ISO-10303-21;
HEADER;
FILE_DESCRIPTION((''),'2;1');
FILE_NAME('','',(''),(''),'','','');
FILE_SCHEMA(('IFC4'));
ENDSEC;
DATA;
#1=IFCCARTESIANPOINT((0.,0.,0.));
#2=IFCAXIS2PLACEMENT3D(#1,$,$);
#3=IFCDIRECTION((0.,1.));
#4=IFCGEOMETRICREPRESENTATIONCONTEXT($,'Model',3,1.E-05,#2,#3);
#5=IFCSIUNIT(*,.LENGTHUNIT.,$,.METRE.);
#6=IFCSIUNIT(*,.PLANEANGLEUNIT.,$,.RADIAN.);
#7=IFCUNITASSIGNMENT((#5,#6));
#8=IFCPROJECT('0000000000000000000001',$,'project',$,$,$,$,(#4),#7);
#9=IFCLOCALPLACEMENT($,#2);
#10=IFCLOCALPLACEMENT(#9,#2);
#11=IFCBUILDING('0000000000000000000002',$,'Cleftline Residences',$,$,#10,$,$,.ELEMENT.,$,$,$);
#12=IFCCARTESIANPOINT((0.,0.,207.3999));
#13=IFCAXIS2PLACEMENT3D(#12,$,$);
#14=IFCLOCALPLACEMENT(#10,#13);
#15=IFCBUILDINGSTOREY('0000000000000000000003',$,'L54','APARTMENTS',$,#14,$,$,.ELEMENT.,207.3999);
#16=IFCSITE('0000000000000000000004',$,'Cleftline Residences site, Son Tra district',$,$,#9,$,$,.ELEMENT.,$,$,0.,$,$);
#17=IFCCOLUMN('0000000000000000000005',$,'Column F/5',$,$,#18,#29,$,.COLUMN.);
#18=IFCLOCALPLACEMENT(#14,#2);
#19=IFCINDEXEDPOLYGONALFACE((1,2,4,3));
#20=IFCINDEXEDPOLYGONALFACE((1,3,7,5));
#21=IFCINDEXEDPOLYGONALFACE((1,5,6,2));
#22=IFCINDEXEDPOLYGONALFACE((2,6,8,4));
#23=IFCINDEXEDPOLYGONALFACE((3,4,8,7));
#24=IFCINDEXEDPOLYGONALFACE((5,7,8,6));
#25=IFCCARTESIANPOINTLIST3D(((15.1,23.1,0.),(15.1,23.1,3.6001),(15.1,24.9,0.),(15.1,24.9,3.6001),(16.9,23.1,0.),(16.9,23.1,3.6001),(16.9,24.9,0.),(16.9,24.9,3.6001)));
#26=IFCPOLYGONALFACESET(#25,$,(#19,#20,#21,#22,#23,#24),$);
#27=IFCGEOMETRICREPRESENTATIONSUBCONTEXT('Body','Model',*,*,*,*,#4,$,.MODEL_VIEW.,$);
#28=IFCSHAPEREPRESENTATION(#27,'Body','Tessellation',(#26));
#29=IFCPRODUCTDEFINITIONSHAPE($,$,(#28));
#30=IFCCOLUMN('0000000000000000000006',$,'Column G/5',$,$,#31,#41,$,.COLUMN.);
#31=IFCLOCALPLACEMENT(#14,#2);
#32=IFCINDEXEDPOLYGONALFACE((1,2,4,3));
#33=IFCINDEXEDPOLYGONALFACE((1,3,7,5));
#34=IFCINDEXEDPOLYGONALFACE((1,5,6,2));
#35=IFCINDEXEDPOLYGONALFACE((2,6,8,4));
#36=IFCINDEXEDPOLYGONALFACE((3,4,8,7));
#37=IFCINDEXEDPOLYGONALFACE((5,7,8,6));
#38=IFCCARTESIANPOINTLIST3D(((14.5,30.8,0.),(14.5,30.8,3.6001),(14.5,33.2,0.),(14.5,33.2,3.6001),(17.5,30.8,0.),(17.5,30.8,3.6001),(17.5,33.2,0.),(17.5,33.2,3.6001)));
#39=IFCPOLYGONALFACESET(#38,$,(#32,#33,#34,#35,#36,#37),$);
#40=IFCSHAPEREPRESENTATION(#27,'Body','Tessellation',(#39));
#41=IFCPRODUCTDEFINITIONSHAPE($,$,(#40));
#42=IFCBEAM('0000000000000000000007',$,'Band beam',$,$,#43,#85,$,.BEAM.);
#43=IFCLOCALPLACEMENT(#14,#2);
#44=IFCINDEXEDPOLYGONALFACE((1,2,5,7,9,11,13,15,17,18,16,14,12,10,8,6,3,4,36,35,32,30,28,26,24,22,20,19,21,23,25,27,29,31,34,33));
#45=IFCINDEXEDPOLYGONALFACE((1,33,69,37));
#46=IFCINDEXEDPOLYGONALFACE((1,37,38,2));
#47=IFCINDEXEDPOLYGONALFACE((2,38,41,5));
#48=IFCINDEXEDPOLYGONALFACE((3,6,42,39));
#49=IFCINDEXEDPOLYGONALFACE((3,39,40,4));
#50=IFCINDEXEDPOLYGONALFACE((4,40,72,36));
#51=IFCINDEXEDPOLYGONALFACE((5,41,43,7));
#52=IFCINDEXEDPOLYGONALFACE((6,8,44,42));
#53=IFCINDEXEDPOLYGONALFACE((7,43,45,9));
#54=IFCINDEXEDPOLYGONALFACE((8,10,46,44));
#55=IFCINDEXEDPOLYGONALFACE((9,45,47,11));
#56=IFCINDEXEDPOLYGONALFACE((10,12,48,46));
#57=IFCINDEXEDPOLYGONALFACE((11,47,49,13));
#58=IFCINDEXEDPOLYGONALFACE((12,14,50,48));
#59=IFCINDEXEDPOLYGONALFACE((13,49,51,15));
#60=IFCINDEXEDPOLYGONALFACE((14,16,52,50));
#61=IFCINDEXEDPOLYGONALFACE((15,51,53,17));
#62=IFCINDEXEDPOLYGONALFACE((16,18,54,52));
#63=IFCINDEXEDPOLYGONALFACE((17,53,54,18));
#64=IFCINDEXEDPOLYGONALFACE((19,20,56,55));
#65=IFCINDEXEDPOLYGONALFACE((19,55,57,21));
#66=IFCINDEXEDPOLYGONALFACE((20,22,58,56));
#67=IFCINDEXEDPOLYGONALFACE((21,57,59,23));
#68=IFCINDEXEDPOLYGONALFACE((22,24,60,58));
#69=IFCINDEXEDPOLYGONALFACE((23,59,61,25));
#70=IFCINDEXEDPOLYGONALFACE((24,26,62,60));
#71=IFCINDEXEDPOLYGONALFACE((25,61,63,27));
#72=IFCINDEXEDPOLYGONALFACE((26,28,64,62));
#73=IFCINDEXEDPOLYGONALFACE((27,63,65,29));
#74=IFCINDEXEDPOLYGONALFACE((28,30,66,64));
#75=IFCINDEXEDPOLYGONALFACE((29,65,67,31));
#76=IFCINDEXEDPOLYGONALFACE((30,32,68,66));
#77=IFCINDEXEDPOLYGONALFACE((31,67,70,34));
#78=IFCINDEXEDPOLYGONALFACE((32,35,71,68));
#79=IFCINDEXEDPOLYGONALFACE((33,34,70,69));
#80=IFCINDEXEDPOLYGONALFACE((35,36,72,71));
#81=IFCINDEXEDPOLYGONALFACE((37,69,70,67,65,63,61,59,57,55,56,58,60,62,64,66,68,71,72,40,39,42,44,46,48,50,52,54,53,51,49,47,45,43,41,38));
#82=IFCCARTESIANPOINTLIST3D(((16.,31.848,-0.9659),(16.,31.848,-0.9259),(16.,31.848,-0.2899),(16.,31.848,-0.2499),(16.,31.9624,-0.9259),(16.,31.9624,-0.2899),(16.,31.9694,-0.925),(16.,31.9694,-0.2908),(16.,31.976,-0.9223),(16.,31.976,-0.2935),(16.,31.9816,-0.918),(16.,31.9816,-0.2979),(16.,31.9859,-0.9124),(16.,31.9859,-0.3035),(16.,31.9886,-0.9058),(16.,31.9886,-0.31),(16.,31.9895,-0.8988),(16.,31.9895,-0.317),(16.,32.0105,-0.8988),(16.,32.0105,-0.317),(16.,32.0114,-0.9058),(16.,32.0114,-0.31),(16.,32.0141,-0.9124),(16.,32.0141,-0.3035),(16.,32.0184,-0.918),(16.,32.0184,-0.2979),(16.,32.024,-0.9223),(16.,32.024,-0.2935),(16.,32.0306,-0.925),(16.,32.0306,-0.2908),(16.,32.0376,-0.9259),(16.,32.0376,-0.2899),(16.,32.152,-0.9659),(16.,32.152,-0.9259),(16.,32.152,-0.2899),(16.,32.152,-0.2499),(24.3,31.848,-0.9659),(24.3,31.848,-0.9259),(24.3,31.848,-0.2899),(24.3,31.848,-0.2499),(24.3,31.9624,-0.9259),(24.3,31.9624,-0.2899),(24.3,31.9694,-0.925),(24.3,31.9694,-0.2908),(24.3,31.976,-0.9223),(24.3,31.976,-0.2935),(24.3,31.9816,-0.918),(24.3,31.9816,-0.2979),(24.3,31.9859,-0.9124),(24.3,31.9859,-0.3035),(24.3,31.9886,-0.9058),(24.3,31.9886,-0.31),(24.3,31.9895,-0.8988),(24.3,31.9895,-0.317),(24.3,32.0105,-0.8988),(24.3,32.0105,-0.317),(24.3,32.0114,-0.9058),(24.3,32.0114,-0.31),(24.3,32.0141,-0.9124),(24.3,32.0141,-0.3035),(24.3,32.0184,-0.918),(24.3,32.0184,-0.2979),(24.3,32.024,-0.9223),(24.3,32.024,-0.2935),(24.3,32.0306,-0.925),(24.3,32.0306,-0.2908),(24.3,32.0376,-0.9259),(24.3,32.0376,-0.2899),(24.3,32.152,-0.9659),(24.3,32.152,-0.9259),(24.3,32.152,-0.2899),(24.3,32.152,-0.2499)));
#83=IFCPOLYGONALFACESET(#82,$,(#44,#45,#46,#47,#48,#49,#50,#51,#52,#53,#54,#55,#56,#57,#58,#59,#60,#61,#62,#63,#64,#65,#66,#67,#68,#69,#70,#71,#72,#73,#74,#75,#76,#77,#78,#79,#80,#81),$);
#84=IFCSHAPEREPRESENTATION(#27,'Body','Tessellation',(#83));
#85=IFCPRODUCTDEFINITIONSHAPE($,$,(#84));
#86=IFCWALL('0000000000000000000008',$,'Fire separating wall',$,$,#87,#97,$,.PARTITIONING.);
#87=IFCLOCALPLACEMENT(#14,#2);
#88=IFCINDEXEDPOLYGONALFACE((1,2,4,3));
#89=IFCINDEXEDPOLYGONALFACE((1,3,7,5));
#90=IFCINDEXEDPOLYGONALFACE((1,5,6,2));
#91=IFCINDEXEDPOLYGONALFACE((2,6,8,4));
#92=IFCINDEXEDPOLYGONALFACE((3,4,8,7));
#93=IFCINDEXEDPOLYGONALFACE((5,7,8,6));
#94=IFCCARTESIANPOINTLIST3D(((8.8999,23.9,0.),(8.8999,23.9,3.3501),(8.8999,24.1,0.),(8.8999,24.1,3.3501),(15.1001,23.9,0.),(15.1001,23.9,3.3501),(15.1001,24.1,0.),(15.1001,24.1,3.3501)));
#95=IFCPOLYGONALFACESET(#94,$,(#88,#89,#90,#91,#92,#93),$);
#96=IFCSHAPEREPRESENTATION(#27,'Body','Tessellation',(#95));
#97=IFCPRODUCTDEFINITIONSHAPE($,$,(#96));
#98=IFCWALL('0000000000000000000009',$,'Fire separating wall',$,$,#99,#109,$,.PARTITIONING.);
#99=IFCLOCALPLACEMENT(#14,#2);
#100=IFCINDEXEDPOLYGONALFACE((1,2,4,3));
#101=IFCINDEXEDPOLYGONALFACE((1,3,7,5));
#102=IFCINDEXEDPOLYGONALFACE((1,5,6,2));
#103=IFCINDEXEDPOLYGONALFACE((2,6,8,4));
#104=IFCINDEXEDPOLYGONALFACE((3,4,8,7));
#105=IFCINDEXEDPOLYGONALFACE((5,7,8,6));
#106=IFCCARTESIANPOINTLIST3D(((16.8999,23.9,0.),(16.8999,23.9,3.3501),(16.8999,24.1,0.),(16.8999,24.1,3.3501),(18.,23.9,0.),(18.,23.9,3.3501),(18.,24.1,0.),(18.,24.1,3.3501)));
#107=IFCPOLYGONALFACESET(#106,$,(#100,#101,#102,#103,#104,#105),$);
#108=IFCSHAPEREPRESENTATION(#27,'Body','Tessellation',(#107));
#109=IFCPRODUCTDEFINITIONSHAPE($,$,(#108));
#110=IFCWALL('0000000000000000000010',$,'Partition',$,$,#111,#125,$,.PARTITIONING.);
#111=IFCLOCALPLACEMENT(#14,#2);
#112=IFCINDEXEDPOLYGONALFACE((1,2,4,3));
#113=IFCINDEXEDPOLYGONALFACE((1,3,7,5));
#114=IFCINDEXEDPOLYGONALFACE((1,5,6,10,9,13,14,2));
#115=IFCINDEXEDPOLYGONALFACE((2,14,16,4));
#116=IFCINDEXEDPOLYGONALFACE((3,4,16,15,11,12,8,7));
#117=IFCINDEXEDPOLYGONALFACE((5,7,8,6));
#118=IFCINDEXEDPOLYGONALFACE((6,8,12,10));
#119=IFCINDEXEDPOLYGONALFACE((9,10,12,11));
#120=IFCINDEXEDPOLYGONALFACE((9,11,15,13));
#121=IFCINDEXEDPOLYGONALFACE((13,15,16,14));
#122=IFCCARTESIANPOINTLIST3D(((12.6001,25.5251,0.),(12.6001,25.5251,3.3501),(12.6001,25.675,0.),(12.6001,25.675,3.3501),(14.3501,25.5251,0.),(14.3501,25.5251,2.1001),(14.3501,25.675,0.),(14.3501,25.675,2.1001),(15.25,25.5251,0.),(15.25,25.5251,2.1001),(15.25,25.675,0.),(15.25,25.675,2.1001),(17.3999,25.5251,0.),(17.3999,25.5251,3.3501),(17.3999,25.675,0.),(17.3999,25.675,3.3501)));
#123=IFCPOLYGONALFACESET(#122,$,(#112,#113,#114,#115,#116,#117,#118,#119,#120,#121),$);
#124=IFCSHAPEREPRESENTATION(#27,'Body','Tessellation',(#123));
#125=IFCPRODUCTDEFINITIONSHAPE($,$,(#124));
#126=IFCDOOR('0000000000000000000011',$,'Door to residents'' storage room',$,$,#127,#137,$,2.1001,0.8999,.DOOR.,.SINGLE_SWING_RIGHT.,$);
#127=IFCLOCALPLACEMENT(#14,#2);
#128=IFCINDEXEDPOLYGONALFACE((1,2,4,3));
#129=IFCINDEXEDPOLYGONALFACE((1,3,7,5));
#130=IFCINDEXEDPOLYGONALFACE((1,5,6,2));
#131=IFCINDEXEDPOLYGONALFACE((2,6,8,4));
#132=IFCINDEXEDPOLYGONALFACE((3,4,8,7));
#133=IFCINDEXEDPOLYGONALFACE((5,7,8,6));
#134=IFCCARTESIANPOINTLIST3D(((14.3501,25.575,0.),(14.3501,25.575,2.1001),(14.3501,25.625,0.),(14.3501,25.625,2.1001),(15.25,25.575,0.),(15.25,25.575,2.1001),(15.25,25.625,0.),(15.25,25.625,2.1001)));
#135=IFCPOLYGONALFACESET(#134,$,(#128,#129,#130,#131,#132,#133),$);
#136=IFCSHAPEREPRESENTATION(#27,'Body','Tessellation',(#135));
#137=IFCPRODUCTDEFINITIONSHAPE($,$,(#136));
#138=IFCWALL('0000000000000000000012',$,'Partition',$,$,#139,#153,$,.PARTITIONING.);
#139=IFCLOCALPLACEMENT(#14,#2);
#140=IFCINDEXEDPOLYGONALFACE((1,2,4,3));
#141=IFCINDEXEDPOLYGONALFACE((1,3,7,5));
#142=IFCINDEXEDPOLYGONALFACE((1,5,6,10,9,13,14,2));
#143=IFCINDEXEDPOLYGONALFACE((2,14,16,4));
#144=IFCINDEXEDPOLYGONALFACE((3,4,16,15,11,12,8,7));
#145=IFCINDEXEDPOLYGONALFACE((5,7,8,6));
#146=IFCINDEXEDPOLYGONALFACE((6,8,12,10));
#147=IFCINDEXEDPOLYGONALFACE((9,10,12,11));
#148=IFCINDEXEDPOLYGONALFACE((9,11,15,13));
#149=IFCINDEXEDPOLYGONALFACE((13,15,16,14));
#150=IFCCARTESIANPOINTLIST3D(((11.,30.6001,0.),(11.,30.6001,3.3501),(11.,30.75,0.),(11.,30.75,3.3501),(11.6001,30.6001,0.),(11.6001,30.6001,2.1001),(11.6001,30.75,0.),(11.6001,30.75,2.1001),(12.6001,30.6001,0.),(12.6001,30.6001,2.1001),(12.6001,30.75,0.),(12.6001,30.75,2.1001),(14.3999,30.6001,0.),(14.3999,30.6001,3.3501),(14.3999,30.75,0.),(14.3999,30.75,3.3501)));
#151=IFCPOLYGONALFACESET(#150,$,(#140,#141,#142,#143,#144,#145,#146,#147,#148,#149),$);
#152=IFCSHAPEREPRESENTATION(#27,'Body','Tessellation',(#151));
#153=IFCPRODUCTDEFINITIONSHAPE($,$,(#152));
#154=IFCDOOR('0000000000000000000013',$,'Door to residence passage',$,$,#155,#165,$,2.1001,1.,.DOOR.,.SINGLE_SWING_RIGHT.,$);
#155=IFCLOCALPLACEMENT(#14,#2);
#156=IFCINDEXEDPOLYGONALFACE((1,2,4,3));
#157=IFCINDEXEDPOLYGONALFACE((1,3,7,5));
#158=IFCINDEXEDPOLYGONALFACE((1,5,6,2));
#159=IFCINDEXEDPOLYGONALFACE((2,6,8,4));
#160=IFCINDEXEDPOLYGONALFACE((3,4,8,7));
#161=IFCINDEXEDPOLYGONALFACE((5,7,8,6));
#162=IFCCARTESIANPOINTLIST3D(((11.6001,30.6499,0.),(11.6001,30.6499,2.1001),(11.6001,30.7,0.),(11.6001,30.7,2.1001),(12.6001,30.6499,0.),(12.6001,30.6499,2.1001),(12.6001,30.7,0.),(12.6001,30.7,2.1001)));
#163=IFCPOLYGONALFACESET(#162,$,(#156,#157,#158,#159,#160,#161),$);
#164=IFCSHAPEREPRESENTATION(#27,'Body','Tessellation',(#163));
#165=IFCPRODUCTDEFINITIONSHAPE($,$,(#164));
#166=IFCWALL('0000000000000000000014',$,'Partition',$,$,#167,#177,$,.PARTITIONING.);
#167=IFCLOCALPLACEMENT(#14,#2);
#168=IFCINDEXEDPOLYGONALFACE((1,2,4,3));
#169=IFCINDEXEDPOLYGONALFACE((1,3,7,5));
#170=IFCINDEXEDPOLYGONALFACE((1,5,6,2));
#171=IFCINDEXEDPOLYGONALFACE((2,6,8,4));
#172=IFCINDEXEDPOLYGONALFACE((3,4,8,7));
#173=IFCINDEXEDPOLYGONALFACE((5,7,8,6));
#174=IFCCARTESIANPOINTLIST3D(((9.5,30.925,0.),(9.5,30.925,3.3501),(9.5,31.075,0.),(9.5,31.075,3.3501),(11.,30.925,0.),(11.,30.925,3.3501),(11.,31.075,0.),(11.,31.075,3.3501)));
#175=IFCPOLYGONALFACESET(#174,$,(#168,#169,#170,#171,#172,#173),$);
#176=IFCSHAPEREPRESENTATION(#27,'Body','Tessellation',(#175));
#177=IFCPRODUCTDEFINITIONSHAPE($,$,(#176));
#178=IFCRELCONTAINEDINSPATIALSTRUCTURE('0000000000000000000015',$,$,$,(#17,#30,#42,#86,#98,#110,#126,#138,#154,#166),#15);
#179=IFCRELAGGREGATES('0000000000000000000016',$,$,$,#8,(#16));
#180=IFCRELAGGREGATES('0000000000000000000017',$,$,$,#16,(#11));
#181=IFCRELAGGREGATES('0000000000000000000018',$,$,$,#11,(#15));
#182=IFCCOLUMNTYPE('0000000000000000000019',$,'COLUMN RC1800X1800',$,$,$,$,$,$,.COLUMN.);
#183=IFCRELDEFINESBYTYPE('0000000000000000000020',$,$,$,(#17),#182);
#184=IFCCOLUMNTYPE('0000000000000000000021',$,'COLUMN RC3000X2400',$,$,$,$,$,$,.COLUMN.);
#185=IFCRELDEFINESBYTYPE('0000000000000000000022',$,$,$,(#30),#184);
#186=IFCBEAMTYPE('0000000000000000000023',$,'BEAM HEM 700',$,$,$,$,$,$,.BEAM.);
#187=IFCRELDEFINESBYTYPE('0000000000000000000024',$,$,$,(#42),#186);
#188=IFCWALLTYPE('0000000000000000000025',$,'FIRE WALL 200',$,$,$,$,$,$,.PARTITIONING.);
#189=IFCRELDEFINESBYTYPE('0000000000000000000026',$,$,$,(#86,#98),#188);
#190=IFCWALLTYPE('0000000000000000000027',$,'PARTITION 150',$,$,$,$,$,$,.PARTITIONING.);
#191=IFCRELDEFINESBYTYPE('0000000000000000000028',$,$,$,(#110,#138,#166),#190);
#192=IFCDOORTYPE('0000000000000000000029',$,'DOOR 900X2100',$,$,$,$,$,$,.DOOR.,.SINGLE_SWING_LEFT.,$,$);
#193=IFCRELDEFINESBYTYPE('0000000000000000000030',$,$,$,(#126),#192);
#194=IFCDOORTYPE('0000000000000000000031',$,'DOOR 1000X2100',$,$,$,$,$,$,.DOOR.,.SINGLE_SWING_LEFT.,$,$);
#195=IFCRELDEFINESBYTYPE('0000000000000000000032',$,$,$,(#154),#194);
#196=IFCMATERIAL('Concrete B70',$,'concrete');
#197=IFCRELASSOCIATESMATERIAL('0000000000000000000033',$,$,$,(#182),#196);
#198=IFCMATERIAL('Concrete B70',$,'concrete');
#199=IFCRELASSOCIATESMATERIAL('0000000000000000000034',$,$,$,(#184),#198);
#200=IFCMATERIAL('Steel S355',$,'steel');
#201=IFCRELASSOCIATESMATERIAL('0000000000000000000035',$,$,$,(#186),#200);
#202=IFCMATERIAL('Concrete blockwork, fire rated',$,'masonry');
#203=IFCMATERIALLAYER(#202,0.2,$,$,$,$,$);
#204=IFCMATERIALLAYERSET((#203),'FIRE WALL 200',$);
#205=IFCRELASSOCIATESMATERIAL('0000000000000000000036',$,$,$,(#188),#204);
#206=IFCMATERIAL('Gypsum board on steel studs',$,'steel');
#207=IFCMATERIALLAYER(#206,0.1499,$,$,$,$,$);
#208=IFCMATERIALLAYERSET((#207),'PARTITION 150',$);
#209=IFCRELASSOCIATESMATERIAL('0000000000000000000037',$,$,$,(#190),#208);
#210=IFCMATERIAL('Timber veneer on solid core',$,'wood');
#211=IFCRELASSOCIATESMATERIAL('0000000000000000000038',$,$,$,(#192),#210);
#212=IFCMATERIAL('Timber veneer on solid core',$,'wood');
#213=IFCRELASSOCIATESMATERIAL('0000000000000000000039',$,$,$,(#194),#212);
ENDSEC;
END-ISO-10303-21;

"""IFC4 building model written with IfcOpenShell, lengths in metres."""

from ifc_helpers import new_model, si_unit, direction, frame, frame_2d, origin, origin_2d, place, context, subcontext, project, spatial, rectangle, i_section, extrude, material, layer, layer_set, material_profile, profile_set, type_object, element, fill, save


model = new_model("IFC4")

# Units and contexts
model_context = context("Model", 3, precision=1e-05, world=origin(), true_north=direction((0.0, 1.0)))
body_context = subcontext(model_context, "Body", "Model", "MODEL_VIEW")
ifc_project = project(units=[si_unit("LENGTHUNIT", "METRE"), si_unit("PLANEANGLEUNIT", "RADIAN")], contexts=[model_context])

# Site, building, storey
site_placement = place(None, origin())
site = spatial("IfcSite", under=ifc_project, at=site_placement, Name="Cleftline Residences site, Son Tra district", CompositionType="ELEMENT", RefElevation=0.0)
building_placement = place(site_placement, origin())
building = spatial("IfcBuilding", under=site, at=building_placement, Name="Cleftline Residences", CompositionType="ELEMENT")
storey_placement = place(building_placement, frame((0.0, 0.0, 207.3999)))
storey = spatial("IfcBuildingStorey", under=building, at=storey_placement, Name="L54", Description="APARTMENTS", CompositionType="ELEMENT", Elevation=207.3999)

# Columns
ifc_material_1 = material(Name="Concrete B70", Category="concrete")
ifc_material_profile_1 = material_profile(ifc_material_1, rectangle(XDim=1.8, YDim=1.8, at=origin_2d()))
ifc_profile_set_1 = profile_set([ifc_material_profile_1], Name="Concrete B70")
column_type_1 = type_object("IfcColumnType", Name="COLUMN RC1800X1800", PredefinedType="COLUMN", material=ifc_profile_set_1)
column_1_placement = place(storey_placement, frame((16.0, 24.0, 0.0), z_axis=(0.0, 0.0, 1.0), x_axis=(1.0, 0.0, 0.0)))
element("IfcColumn", 1, at=column_1_placement, inside=storey, type_object=column_type_1, Name="Column F/5", PredefinedType="COLUMN", context=body_context, shape_type="SweptSolid", body=[
    extrude(rectangle(XDim=1.8, YDim=1.8, at=origin_2d()), origin(), (0.0, 0.0, 1.0), 3.6001),
])
ifc_material_2 = material(Name="Concrete B70", Category="concrete")
ifc_material_profile_2 = material_profile(ifc_material_2, rectangle(XDim=3.0, YDim=2.3999, at=origin_2d()))
ifc_profile_set_2 = profile_set([ifc_material_profile_2], Name="Concrete B70")
column_type_2 = type_object("IfcColumnType", Name="COLUMN RC3000X2400", PredefinedType="COLUMN", material=ifc_profile_set_2)
column_2_placement = place(storey_placement, frame((16.0, 32.0, 0.0), z_axis=(0.0, 0.0, 1.0), x_axis=(1.0, 0.0, 0.0)))
element("IfcColumn", 2, at=column_2_placement, inside=storey, type_object=column_type_2, Name="Column G/5", PredefinedType="COLUMN", context=body_context, shape_type="SweptSolid", body=[
    extrude(rectangle(XDim=3.0, YDim=2.3999, at=origin_2d()), origin(), (0.0, 0.0, 1.0), 3.6001),
])

# Beam
ifc_material_3 = material(Name="Steel S355", Category="steel")
ifc_material_profile_3 = material_profile(ifc_material_3, i_section(OverallWidth=0.304, OverallDepth=0.7161, WebThickness=0.021, FlangeThickness=0.04, FilletRadius=0.0271, at=origin_2d()))
ifc_profile_set_3 = profile_set([ifc_material_profile_3], Name="Steel S355")
beam_type = type_object("IfcBeamType", Name="BEAM HEM 700", PredefinedType="BEAM", material=ifc_profile_set_3)
beam_placement = place(storey_placement, frame((16.0, 32.0, -0.6079), z_axis=(1.0, 0.0, 0.0), x_axis=(0.0, 1.0, 0.0)))
element("IfcBeam", 3, at=beam_placement, inside=storey, type_object=beam_type, Name="Band beam", PredefinedType="BEAM", context=body_context, shape_type="SweptSolid", body=[
    extrude(i_section(OverallWidth=0.304, OverallDepth=0.7161, WebThickness=0.021, FlangeThickness=0.04, FilletRadius=0.0271, at=origin_2d()), origin(), (0.0, 0.0, 1.0), 8.3),
])

# Walls
ifc_material_4 = material(Name="Concrete blockwork, fire rated", Category="masonry")
ifc_layer_1 = layer(ifc_material_4, 0.2)
ifc_layer_set_1 = layer_set([ifc_layer_1], Name="FIRE WALL 200")
wall_type_1 = type_object("IfcWallType", Name="FIRE WALL 200", PredefinedType="PARTITIONING", material=ifc_layer_set_1)
wall_1_placement = place(storey_placement, frame((8.8999, 24.0, 0.0), z_axis=(0.0, 0.0, 1.0), x_axis=(1.0, 0.0, 0.0)))
element("IfcWall", 4, at=wall_1_placement, inside=storey, type_object=wall_type_1, Name="Fire separating wall", PredefinedType="PARTITIONING", context=body_context, shape_type="SweptSolid", body=[
    extrude(rectangle(XDim=6.2002, YDim=0.2, at=frame_2d((3.1001, 0.0))), origin(), (0.0, 0.0, 1.0), 3.3501),
])
wall_2_placement = place(storey_placement, frame((16.8999, 24.0, 0.0), z_axis=(0.0, 0.0, 1.0), x_axis=(1.0, 0.0, 0.0)))
element("IfcWall", 5, at=wall_2_placement, inside=storey, type_object=wall_type_1, Name="Fire separating wall", PredefinedType="PARTITIONING", context=body_context, shape_type="SweptSolid", body=[
    extrude(rectangle(XDim=1.1001, YDim=0.2, at=frame_2d((0.55, 0.0))), origin(), (0.0, 0.0, 1.0), 3.3501),
])

# Walls, openings, doors
ifc_material_5 = material(Name="Gypsum board on steel studs", Category="steel")
ifc_layer_2 = layer(ifc_material_5, 0.1499)
ifc_layer_set_2 = layer_set([ifc_layer_2], Name="PARTITION 150")
wall_type_2 = type_object("IfcWallType", Name="PARTITION 150", PredefinedType="PARTITIONING", material=ifc_layer_set_2)
wall_3_placement = place(storey_placement, frame((12.6001, 25.6001, 0.0), z_axis=(0.0, 0.0, 1.0), x_axis=(1.0, 0.0, 0.0)))
wall_3 = element("IfcWall", 6, at=wall_3_placement, inside=storey, type_object=wall_type_2, Name="Partition", PredefinedType="PARTITIONING", context=body_context, shape_type="SweptSolid", body=[
    extrude(rectangle(XDim=4.7998, YDim=0.1499, at=frame_2d((2.3999, 0.0))), origin(), (0.0, 0.0, 1.0), 3.3501),
])
opening_1_placement = place(wall_3_placement, frame((1.75, 0.0, 0.0)))
opening_1 = element("IfcOpeningElement", 7, at=opening_1_placement, cuts=wall_3, PredefinedType="OPENING", context=body_context, shape_type="SweptSolid", body=[
    extrude(rectangle(XDim=0.8999, YDim=2.1001, at=frame_2d((0.45, 1.05))), frame((0.0, 0.085, 0.0), z_axis=(0.0, -1.0, 0.0), x_axis=(1.0, 0.0, 0.0)), (0.0, 0.0, 1.0), 0.1699),
])
ifc_material_6 = material(Name="Timber veneer on solid core", Category="wood")
door_type_1 = type_object("IfcDoorType", Name="DOOR 900X2100", OperationType="SINGLE_SWING_LEFT", PredefinedType="DOOR", material=ifc_material_6)
door_1_placement = place(opening_1_placement, origin())
door_1 = element("IfcDoor", 8, at=door_1_placement, inside=storey, type_object=door_type_1, Name="Door to residents' storage room", OperationType="SINGLE_SWING_RIGHT", OverallHeight=2.1001, OverallWidth=0.8999, PredefinedType="DOOR", context=body_context, shape_type="SweptSolid", body=[
    extrude(rectangle(XDim=0.8999, YDim=2.1001, at=frame_2d((0.45, 1.05))), frame((0.0, 0.0249, 0.0), z_axis=(0.0, -1.0, 0.0), x_axis=(1.0, 0.0, 0.0)), (0.0, 0.0, 1.0), 0.05),
])
fill(opening_1, door_1)
wall_4_placement = place(storey_placement, frame((11.0, 30.675, 0.0), z_axis=(0.0, 0.0, 1.0), x_axis=(1.0, 0.0, 0.0)))
wall_4 = element("IfcWall", 9, at=wall_4_placement, inside=storey, type_object=wall_type_2, Name="Partition", PredefinedType="PARTITIONING", context=body_context, shape_type="SweptSolid", body=[
    extrude(rectangle(XDim=3.3999, YDim=0.1499, at=frame_2d((1.7, 0.0))), origin(), (0.0, 0.0, 1.0), 3.3501),
])
opening_2_placement = place(wall_4_placement, frame((0.6001, 0.0, 0.0)))
opening_2 = element("IfcOpeningElement", 10, at=opening_2_placement, cuts=wall_4, PredefinedType="OPENING", context=body_context, shape_type="SweptSolid", body=[
    extrude(rectangle(XDim=1.0, YDim=2.1001, at=frame_2d((0.5, 1.05))), frame((0.0, 0.085, 0.0), z_axis=(0.0, -1.0, 0.0), x_axis=(1.0, 0.0, 0.0)), (0.0, 0.0, 1.0), 0.1699),
])
ifc_material_7 = material(Name="Timber veneer on solid core", Category="wood")
door_type_2 = type_object("IfcDoorType", Name="DOOR 1000X2100", OperationType="SINGLE_SWING_LEFT", PredefinedType="DOOR", material=ifc_material_7)
door_2_placement = place(opening_2_placement, origin())
door_2 = element("IfcDoor", 11, at=door_2_placement, inside=storey, type_object=door_type_2, Name="Door to residence passage", OperationType="SINGLE_SWING_RIGHT", OverallHeight=2.1001, OverallWidth=1.0, PredefinedType="DOOR", context=body_context, shape_type="SweptSolid", body=[
    extrude(rectangle(XDim=1.0, YDim=2.1001, at=frame_2d((0.5, 1.05))), frame((0.0, 0.0249, 0.0), z_axis=(0.0, -1.0, 0.0), x_axis=(1.0, 0.0, 0.0)), (0.0, 0.0, 1.0), 0.05),
])
fill(opening_2, door_2)

# Wall
wall_5_placement = place(storey_placement, frame((9.5, 31.0, 0.0), z_axis=(0.0, 0.0, 1.0), x_axis=(1.0, 0.0, 0.0)))
element("IfcWall", 12, at=wall_5_placement, inside=storey, type_object=wall_type_2, Name="Partition", PredefinedType="PARTITIONING", context=body_context, shape_type="SweptSolid", body=[
    extrude(rectangle(XDim=1.5, YDim=0.1499, at=frame_2d((0.75, 0.0))), origin(), (0.0, 0.0, 1.0), 3.3501),
])

save(model, "model.ifc")
